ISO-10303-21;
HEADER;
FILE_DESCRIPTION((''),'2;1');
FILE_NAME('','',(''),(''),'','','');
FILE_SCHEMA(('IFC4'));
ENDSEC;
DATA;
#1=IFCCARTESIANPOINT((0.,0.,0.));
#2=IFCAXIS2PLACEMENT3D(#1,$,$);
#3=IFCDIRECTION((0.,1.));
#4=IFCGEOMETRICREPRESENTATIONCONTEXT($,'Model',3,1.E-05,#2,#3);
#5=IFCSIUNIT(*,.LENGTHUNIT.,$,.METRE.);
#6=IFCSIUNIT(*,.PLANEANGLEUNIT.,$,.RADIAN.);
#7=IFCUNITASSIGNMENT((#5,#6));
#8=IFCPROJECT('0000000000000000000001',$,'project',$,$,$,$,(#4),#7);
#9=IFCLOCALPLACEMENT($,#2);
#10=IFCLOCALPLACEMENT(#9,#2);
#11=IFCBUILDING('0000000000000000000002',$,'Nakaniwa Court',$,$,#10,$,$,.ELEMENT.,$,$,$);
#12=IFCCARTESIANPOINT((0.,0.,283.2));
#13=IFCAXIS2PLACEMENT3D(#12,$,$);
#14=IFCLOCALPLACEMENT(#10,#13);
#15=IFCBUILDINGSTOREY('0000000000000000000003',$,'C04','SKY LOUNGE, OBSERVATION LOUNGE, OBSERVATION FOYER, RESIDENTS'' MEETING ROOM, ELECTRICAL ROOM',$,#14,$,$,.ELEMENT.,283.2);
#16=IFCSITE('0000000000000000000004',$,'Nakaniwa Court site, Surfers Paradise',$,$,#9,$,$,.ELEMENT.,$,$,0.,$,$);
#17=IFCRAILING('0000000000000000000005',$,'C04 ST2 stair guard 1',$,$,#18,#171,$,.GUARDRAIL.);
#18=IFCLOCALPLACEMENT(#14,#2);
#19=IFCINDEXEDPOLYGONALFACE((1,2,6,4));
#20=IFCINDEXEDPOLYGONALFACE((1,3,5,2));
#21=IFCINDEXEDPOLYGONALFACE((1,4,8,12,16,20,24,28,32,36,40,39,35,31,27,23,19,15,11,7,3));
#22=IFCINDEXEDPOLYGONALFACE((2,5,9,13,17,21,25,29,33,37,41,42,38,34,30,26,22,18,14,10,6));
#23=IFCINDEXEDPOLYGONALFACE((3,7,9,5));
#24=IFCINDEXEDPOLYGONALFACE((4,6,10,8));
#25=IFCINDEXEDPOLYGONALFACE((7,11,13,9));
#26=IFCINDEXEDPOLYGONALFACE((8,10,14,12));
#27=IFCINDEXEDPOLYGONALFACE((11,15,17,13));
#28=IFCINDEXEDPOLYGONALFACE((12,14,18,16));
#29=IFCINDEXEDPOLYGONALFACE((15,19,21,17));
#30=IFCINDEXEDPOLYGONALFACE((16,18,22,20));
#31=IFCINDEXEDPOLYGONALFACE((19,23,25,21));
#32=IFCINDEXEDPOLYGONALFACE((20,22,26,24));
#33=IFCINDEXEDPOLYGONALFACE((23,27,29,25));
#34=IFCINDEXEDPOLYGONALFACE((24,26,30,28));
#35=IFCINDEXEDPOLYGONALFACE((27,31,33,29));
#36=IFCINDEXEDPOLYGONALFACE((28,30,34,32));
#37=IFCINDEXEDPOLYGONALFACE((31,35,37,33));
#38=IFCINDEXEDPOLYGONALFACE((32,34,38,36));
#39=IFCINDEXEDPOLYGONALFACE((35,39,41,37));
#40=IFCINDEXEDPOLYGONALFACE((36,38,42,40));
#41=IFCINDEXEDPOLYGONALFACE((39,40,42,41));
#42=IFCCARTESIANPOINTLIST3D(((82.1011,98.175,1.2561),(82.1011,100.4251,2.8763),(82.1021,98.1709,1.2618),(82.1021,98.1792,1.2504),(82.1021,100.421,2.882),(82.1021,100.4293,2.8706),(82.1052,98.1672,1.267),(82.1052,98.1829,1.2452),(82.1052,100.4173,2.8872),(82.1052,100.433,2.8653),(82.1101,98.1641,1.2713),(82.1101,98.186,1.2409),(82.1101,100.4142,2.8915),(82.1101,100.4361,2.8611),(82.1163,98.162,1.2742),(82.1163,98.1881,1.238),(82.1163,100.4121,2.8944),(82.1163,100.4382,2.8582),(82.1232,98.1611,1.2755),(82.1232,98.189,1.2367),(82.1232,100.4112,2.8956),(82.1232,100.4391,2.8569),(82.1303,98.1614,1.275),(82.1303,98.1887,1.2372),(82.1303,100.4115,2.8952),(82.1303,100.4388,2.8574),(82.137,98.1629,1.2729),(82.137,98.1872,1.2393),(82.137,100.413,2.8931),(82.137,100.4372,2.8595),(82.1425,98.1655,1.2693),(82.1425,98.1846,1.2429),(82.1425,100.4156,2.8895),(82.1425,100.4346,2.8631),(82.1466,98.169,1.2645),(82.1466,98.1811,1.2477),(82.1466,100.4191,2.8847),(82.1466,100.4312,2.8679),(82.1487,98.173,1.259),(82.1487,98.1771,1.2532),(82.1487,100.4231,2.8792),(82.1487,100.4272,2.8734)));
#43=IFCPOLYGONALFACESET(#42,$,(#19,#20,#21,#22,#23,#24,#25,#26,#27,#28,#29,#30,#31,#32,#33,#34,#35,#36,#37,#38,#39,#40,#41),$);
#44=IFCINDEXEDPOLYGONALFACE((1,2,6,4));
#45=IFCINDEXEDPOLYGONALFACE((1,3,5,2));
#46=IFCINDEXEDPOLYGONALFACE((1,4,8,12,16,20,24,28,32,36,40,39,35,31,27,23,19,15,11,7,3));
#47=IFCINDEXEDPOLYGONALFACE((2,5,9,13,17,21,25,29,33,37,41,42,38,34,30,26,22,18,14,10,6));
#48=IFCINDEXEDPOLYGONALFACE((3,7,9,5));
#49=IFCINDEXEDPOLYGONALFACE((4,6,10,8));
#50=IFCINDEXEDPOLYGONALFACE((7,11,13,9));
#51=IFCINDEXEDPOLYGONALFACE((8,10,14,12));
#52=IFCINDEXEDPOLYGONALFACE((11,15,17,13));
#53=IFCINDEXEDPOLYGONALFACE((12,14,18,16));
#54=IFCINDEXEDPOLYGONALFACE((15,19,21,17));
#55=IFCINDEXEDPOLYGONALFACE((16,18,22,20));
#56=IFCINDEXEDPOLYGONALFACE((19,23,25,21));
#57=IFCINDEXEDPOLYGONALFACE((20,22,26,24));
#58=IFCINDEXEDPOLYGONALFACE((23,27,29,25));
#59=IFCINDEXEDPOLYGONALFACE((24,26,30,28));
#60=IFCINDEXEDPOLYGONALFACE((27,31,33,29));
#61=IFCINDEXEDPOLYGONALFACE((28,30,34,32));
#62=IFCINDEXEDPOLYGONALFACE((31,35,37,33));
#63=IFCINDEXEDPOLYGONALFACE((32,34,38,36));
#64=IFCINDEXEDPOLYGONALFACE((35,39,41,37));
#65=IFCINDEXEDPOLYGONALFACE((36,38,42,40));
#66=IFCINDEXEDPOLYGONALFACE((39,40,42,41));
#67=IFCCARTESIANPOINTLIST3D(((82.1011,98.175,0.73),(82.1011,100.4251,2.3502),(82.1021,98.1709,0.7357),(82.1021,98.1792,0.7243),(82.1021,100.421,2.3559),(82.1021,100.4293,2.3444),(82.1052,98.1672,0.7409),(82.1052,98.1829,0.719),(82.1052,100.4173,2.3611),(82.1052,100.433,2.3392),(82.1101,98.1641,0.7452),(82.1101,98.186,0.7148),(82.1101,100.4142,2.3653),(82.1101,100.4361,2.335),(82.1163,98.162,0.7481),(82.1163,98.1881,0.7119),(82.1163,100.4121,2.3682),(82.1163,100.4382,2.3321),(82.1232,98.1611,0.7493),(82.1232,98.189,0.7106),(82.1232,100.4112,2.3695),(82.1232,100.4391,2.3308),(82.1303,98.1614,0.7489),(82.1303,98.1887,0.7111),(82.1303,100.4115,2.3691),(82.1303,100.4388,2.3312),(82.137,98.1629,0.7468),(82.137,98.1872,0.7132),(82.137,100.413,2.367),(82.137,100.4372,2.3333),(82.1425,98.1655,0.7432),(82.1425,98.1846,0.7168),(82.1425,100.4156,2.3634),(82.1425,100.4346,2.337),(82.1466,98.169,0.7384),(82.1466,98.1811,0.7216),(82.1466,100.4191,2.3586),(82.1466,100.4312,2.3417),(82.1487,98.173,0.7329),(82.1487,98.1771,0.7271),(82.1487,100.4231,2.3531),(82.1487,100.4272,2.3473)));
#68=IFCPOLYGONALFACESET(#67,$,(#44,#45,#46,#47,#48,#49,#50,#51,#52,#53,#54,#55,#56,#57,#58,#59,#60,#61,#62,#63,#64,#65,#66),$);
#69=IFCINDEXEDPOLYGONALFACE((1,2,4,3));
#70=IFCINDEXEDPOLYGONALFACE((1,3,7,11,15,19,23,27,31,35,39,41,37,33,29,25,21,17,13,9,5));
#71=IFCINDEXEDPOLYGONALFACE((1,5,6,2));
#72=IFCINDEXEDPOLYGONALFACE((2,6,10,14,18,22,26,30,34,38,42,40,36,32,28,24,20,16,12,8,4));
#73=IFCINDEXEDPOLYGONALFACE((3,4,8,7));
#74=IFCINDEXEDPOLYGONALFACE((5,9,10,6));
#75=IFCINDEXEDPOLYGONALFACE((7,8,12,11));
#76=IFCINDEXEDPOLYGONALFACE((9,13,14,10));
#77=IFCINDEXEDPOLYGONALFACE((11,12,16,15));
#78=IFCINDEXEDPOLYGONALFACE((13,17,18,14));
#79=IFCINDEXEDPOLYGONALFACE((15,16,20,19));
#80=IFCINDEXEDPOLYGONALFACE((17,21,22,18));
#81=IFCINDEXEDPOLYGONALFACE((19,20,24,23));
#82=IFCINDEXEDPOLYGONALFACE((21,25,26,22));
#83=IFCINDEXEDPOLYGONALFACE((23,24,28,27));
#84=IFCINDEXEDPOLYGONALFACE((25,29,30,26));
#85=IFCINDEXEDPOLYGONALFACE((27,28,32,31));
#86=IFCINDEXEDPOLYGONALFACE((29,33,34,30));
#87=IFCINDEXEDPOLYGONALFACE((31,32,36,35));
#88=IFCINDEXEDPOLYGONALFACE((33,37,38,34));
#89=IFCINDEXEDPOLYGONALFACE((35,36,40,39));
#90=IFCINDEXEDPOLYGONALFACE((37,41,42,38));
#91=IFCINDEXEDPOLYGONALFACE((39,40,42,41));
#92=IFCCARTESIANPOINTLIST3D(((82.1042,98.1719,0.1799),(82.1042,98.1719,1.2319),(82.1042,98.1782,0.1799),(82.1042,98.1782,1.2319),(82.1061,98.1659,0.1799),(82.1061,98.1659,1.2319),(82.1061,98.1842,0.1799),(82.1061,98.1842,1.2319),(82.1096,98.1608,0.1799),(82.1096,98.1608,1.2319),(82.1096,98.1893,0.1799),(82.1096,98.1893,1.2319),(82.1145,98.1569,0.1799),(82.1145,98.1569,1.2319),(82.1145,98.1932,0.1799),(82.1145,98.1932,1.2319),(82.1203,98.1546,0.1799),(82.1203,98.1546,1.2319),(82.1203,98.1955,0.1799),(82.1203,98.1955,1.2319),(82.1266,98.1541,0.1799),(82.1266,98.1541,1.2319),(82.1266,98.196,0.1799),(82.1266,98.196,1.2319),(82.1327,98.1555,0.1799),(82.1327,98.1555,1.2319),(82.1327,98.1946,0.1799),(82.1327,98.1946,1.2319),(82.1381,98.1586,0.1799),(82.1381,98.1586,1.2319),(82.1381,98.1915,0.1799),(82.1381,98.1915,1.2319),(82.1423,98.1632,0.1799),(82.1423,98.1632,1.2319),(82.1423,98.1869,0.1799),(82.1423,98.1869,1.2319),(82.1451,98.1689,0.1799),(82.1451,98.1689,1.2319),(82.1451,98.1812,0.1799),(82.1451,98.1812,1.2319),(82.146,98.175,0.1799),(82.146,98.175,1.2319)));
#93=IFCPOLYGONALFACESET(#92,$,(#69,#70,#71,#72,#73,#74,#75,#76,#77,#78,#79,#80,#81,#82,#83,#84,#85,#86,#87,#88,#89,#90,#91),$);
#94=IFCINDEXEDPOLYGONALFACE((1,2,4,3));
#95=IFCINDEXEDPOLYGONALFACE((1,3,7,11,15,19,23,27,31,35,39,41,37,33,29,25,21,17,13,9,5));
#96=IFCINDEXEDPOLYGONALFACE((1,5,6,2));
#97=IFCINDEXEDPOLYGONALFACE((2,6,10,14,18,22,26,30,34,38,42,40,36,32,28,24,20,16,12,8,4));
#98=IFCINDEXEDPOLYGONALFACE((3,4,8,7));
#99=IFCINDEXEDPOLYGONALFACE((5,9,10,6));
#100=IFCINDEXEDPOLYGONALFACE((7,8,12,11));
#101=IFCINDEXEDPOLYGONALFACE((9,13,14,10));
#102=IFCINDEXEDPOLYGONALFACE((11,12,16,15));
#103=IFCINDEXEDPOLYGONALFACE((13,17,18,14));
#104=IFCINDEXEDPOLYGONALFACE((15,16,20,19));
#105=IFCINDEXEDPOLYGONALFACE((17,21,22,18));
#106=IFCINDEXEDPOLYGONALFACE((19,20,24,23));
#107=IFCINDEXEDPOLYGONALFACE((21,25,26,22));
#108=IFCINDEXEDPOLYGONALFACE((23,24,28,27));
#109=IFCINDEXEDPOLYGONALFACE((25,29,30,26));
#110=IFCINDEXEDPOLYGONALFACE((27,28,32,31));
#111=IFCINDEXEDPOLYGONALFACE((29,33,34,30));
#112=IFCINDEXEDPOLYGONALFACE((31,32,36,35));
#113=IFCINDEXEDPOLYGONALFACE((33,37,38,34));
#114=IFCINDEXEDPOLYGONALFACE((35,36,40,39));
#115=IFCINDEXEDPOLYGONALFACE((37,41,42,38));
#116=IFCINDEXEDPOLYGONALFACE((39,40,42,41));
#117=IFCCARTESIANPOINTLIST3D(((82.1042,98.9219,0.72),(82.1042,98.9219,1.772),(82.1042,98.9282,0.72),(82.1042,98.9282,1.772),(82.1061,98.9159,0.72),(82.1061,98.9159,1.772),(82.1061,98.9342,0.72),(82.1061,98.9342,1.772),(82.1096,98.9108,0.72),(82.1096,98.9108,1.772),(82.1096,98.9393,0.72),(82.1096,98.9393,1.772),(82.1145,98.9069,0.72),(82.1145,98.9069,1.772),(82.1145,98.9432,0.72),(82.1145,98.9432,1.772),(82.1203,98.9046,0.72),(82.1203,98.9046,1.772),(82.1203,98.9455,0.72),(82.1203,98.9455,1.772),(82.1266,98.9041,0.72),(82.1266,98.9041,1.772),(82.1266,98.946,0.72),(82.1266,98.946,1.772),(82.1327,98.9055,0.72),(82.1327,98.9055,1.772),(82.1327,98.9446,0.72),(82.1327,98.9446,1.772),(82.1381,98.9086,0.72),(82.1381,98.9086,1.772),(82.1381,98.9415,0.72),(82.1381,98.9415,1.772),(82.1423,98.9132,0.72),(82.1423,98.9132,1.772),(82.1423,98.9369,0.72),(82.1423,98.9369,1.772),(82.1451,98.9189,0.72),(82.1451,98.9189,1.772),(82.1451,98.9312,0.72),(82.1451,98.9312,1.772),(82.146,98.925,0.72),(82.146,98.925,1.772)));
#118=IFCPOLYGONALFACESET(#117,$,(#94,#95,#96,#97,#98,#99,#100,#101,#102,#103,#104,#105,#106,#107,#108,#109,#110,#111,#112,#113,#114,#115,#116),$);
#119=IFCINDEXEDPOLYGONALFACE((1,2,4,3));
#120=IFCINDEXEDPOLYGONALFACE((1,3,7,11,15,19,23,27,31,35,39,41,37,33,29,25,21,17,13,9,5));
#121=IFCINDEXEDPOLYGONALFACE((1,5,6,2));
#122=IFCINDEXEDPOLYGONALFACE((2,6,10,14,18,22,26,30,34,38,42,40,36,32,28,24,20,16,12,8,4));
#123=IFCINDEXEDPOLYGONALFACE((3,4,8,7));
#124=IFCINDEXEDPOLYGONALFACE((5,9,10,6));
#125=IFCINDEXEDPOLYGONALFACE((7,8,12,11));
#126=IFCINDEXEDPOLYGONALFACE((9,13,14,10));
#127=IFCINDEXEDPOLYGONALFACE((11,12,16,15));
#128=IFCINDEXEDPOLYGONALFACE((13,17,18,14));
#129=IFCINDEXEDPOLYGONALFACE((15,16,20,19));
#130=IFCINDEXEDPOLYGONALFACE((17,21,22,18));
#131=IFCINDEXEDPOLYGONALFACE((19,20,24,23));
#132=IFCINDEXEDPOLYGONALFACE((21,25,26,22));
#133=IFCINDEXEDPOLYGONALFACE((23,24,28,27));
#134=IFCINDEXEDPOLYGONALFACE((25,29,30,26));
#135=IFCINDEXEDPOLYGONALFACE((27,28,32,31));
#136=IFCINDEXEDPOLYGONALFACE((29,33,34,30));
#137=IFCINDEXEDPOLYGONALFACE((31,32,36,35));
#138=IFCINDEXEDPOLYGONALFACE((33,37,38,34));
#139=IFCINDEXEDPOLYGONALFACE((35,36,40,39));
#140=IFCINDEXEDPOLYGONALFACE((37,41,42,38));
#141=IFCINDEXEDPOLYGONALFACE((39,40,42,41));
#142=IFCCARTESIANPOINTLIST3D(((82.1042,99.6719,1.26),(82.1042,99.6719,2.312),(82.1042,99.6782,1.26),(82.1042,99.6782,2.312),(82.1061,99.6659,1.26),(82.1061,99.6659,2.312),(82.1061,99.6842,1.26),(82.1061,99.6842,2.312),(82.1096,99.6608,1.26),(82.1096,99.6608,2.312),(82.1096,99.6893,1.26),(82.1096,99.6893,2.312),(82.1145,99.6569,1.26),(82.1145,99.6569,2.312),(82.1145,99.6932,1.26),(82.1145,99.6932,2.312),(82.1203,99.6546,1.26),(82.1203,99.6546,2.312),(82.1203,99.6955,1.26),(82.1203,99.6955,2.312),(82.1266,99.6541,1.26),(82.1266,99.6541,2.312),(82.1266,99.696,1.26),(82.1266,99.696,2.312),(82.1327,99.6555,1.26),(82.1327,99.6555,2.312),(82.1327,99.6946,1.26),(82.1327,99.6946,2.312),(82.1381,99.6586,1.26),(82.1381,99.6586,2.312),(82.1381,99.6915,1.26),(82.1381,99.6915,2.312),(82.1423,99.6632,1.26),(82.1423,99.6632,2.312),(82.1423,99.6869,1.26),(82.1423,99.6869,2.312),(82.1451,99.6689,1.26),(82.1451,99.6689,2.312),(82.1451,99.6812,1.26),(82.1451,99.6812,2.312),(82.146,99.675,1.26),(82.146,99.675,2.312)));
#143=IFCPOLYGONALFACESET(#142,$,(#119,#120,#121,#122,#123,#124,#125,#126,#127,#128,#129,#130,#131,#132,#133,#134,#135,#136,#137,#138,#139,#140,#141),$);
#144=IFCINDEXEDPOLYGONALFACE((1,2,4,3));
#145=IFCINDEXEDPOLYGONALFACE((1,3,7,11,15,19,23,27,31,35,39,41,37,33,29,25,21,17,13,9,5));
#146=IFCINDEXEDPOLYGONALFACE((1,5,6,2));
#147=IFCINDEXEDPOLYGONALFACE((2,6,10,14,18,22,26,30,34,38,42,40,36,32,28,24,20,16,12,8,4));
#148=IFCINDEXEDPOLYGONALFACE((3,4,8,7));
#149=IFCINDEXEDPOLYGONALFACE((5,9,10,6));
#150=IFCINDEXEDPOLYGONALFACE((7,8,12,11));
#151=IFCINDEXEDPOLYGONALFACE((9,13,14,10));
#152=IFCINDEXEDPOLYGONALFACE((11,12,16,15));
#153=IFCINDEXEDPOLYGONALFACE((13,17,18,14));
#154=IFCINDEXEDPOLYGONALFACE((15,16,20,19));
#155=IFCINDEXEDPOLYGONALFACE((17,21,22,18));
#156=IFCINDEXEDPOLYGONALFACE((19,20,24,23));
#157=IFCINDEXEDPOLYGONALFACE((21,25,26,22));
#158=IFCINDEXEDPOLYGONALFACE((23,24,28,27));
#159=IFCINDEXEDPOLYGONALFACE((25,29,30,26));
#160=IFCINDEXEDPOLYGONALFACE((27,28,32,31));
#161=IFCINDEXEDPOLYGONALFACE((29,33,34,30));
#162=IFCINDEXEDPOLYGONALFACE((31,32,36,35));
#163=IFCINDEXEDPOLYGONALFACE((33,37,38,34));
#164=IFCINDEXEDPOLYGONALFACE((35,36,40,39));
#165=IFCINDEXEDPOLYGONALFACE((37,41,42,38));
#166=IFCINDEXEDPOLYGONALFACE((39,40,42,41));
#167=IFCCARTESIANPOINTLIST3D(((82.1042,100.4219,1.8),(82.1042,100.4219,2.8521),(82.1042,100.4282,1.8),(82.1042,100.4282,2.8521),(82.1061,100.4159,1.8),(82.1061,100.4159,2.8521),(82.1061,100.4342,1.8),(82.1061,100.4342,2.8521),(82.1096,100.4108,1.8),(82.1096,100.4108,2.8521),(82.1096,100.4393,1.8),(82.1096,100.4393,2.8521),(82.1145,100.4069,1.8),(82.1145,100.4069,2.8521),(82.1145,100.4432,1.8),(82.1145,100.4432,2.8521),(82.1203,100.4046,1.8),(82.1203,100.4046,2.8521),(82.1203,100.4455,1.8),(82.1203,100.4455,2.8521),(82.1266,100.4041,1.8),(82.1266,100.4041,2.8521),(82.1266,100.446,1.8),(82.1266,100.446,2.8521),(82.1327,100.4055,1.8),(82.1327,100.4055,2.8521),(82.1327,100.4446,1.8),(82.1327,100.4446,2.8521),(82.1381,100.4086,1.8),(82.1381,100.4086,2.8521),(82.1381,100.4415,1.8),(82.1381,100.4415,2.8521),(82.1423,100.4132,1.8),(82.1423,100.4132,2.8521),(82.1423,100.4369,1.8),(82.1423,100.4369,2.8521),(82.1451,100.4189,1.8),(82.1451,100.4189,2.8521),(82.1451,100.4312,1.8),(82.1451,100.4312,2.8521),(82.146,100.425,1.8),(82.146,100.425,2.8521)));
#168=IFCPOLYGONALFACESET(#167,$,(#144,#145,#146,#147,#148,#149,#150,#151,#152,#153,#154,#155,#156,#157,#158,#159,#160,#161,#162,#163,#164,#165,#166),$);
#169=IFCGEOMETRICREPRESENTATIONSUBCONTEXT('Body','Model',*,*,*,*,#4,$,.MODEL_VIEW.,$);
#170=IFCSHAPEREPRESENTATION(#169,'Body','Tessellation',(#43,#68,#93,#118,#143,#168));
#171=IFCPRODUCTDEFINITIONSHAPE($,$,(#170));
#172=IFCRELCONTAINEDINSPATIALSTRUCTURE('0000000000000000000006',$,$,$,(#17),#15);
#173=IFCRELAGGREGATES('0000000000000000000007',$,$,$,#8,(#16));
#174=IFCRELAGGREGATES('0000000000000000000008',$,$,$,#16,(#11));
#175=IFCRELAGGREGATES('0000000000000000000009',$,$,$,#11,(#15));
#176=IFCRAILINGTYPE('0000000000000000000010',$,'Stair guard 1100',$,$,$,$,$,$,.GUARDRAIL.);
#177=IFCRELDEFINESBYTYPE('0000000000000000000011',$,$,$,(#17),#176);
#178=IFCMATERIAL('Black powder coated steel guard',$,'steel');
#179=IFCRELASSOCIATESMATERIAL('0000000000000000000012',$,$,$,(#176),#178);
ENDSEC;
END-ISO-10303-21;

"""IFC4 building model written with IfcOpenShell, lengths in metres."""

from ifc_helpers import new_model, si_unit, direction, frame, origin, origin_2d, place, context, subcontext, project, spatial, circle, extrude, material, type_object, element, save


model = new_model("IFC4")

# Units and contexts
model_context = context("Model", 3, precision=1e-05, world=origin(), true_north=direction((0.0, 1.0)))
body_context = subcontext(model_context, "Body", "Model", "MODEL_VIEW")
ifc_project = project(units=[si_unit("LENGTHUNIT", "METRE"), si_unit("PLANEANGLEUNIT", "RADIAN")], contexts=[model_context])

# Site, building, storey
site_placement = place(None, origin())
site = spatial("IfcSite", under=ifc_project, at=site_placement, Name="Nakaniwa Court site, Surfers Paradise", CompositionType="ELEMENT", RefElevation=0.0)
building_placement = place(site_placement, origin())
building = spatial("IfcBuilding", under=site, at=building_placement, Name="Nakaniwa Court", CompositionType="ELEMENT")
storey_placement = place(building_placement, frame((0.0, 0.0, 283.2)))
storey = spatial("IfcBuildingStorey", under=building, at=storey_placement, Name="C04", Description="SKY LOUNGE, OBSERVATION LOUNGE, OBSERVATION FOYER, RESIDENTS' MEETING ROOM, ELECTRICAL ROOM", CompositionType="ELEMENT", Elevation=283.2)

# Railing
ifc_material_1 = material(Name="Black powder coated steel guard", Category="steel")
railing_type_1 = type_object("IfcRailingType", Name="Stair guard 1100", PredefinedType="GUARDRAIL", material=ifc_material_1)
railing_1_placement = place(storey_placement, frame((82.125, 98.175, 0.1799)))
element("IfcRailing", 1, at=railing_1_placement, inside=storey, type_object=railing_type_1, Name="C04 ST2 stair guard 1", PredefinedType="GUARDRAIL", context=body_context, shape_type="SweptSolid", body=[
    extrude(circle(Radius=0.0239, at=origin_2d()), frame((0.0, 0.0, 1.0762), z_axis=(0.0, 0.811514, 0.584333), x_axis=(-1.0, 0.0, 0.0)), (0.0, 0.0, 1.0), 2.7727),
    extrude(circle(Radius=0.0239, at=origin_2d()), frame((0.0, 0.0, 0.55), z_axis=(0.0, 0.811514, 0.584333), x_axis=(-1.0, 0.0, 0.0)), (0.0, 0.0, 1.0), 2.7727),
    extrude(circle(Radius=0.021, at=origin_2d()), origin(), (0.0, 0.0, 1.0), 1.052),
    extrude(circle(Radius=0.021, at=origin_2d()), frame((0.0, 0.75, 0.54)), (0.0, 0.0, 1.0), 1.052),
    extrude(circle(Radius=0.021, at=origin_2d()), frame((0.0, 1.5, 1.0801)), (0.0, 0.0, 1.0), 1.052),
    extrude(circle(Radius=0.021, at=origin_2d()), frame((0.0, 2.25, 1.6201)), (0.0, 0.0, 1.0), 1.052),
])

save(model, "model.ifc")
